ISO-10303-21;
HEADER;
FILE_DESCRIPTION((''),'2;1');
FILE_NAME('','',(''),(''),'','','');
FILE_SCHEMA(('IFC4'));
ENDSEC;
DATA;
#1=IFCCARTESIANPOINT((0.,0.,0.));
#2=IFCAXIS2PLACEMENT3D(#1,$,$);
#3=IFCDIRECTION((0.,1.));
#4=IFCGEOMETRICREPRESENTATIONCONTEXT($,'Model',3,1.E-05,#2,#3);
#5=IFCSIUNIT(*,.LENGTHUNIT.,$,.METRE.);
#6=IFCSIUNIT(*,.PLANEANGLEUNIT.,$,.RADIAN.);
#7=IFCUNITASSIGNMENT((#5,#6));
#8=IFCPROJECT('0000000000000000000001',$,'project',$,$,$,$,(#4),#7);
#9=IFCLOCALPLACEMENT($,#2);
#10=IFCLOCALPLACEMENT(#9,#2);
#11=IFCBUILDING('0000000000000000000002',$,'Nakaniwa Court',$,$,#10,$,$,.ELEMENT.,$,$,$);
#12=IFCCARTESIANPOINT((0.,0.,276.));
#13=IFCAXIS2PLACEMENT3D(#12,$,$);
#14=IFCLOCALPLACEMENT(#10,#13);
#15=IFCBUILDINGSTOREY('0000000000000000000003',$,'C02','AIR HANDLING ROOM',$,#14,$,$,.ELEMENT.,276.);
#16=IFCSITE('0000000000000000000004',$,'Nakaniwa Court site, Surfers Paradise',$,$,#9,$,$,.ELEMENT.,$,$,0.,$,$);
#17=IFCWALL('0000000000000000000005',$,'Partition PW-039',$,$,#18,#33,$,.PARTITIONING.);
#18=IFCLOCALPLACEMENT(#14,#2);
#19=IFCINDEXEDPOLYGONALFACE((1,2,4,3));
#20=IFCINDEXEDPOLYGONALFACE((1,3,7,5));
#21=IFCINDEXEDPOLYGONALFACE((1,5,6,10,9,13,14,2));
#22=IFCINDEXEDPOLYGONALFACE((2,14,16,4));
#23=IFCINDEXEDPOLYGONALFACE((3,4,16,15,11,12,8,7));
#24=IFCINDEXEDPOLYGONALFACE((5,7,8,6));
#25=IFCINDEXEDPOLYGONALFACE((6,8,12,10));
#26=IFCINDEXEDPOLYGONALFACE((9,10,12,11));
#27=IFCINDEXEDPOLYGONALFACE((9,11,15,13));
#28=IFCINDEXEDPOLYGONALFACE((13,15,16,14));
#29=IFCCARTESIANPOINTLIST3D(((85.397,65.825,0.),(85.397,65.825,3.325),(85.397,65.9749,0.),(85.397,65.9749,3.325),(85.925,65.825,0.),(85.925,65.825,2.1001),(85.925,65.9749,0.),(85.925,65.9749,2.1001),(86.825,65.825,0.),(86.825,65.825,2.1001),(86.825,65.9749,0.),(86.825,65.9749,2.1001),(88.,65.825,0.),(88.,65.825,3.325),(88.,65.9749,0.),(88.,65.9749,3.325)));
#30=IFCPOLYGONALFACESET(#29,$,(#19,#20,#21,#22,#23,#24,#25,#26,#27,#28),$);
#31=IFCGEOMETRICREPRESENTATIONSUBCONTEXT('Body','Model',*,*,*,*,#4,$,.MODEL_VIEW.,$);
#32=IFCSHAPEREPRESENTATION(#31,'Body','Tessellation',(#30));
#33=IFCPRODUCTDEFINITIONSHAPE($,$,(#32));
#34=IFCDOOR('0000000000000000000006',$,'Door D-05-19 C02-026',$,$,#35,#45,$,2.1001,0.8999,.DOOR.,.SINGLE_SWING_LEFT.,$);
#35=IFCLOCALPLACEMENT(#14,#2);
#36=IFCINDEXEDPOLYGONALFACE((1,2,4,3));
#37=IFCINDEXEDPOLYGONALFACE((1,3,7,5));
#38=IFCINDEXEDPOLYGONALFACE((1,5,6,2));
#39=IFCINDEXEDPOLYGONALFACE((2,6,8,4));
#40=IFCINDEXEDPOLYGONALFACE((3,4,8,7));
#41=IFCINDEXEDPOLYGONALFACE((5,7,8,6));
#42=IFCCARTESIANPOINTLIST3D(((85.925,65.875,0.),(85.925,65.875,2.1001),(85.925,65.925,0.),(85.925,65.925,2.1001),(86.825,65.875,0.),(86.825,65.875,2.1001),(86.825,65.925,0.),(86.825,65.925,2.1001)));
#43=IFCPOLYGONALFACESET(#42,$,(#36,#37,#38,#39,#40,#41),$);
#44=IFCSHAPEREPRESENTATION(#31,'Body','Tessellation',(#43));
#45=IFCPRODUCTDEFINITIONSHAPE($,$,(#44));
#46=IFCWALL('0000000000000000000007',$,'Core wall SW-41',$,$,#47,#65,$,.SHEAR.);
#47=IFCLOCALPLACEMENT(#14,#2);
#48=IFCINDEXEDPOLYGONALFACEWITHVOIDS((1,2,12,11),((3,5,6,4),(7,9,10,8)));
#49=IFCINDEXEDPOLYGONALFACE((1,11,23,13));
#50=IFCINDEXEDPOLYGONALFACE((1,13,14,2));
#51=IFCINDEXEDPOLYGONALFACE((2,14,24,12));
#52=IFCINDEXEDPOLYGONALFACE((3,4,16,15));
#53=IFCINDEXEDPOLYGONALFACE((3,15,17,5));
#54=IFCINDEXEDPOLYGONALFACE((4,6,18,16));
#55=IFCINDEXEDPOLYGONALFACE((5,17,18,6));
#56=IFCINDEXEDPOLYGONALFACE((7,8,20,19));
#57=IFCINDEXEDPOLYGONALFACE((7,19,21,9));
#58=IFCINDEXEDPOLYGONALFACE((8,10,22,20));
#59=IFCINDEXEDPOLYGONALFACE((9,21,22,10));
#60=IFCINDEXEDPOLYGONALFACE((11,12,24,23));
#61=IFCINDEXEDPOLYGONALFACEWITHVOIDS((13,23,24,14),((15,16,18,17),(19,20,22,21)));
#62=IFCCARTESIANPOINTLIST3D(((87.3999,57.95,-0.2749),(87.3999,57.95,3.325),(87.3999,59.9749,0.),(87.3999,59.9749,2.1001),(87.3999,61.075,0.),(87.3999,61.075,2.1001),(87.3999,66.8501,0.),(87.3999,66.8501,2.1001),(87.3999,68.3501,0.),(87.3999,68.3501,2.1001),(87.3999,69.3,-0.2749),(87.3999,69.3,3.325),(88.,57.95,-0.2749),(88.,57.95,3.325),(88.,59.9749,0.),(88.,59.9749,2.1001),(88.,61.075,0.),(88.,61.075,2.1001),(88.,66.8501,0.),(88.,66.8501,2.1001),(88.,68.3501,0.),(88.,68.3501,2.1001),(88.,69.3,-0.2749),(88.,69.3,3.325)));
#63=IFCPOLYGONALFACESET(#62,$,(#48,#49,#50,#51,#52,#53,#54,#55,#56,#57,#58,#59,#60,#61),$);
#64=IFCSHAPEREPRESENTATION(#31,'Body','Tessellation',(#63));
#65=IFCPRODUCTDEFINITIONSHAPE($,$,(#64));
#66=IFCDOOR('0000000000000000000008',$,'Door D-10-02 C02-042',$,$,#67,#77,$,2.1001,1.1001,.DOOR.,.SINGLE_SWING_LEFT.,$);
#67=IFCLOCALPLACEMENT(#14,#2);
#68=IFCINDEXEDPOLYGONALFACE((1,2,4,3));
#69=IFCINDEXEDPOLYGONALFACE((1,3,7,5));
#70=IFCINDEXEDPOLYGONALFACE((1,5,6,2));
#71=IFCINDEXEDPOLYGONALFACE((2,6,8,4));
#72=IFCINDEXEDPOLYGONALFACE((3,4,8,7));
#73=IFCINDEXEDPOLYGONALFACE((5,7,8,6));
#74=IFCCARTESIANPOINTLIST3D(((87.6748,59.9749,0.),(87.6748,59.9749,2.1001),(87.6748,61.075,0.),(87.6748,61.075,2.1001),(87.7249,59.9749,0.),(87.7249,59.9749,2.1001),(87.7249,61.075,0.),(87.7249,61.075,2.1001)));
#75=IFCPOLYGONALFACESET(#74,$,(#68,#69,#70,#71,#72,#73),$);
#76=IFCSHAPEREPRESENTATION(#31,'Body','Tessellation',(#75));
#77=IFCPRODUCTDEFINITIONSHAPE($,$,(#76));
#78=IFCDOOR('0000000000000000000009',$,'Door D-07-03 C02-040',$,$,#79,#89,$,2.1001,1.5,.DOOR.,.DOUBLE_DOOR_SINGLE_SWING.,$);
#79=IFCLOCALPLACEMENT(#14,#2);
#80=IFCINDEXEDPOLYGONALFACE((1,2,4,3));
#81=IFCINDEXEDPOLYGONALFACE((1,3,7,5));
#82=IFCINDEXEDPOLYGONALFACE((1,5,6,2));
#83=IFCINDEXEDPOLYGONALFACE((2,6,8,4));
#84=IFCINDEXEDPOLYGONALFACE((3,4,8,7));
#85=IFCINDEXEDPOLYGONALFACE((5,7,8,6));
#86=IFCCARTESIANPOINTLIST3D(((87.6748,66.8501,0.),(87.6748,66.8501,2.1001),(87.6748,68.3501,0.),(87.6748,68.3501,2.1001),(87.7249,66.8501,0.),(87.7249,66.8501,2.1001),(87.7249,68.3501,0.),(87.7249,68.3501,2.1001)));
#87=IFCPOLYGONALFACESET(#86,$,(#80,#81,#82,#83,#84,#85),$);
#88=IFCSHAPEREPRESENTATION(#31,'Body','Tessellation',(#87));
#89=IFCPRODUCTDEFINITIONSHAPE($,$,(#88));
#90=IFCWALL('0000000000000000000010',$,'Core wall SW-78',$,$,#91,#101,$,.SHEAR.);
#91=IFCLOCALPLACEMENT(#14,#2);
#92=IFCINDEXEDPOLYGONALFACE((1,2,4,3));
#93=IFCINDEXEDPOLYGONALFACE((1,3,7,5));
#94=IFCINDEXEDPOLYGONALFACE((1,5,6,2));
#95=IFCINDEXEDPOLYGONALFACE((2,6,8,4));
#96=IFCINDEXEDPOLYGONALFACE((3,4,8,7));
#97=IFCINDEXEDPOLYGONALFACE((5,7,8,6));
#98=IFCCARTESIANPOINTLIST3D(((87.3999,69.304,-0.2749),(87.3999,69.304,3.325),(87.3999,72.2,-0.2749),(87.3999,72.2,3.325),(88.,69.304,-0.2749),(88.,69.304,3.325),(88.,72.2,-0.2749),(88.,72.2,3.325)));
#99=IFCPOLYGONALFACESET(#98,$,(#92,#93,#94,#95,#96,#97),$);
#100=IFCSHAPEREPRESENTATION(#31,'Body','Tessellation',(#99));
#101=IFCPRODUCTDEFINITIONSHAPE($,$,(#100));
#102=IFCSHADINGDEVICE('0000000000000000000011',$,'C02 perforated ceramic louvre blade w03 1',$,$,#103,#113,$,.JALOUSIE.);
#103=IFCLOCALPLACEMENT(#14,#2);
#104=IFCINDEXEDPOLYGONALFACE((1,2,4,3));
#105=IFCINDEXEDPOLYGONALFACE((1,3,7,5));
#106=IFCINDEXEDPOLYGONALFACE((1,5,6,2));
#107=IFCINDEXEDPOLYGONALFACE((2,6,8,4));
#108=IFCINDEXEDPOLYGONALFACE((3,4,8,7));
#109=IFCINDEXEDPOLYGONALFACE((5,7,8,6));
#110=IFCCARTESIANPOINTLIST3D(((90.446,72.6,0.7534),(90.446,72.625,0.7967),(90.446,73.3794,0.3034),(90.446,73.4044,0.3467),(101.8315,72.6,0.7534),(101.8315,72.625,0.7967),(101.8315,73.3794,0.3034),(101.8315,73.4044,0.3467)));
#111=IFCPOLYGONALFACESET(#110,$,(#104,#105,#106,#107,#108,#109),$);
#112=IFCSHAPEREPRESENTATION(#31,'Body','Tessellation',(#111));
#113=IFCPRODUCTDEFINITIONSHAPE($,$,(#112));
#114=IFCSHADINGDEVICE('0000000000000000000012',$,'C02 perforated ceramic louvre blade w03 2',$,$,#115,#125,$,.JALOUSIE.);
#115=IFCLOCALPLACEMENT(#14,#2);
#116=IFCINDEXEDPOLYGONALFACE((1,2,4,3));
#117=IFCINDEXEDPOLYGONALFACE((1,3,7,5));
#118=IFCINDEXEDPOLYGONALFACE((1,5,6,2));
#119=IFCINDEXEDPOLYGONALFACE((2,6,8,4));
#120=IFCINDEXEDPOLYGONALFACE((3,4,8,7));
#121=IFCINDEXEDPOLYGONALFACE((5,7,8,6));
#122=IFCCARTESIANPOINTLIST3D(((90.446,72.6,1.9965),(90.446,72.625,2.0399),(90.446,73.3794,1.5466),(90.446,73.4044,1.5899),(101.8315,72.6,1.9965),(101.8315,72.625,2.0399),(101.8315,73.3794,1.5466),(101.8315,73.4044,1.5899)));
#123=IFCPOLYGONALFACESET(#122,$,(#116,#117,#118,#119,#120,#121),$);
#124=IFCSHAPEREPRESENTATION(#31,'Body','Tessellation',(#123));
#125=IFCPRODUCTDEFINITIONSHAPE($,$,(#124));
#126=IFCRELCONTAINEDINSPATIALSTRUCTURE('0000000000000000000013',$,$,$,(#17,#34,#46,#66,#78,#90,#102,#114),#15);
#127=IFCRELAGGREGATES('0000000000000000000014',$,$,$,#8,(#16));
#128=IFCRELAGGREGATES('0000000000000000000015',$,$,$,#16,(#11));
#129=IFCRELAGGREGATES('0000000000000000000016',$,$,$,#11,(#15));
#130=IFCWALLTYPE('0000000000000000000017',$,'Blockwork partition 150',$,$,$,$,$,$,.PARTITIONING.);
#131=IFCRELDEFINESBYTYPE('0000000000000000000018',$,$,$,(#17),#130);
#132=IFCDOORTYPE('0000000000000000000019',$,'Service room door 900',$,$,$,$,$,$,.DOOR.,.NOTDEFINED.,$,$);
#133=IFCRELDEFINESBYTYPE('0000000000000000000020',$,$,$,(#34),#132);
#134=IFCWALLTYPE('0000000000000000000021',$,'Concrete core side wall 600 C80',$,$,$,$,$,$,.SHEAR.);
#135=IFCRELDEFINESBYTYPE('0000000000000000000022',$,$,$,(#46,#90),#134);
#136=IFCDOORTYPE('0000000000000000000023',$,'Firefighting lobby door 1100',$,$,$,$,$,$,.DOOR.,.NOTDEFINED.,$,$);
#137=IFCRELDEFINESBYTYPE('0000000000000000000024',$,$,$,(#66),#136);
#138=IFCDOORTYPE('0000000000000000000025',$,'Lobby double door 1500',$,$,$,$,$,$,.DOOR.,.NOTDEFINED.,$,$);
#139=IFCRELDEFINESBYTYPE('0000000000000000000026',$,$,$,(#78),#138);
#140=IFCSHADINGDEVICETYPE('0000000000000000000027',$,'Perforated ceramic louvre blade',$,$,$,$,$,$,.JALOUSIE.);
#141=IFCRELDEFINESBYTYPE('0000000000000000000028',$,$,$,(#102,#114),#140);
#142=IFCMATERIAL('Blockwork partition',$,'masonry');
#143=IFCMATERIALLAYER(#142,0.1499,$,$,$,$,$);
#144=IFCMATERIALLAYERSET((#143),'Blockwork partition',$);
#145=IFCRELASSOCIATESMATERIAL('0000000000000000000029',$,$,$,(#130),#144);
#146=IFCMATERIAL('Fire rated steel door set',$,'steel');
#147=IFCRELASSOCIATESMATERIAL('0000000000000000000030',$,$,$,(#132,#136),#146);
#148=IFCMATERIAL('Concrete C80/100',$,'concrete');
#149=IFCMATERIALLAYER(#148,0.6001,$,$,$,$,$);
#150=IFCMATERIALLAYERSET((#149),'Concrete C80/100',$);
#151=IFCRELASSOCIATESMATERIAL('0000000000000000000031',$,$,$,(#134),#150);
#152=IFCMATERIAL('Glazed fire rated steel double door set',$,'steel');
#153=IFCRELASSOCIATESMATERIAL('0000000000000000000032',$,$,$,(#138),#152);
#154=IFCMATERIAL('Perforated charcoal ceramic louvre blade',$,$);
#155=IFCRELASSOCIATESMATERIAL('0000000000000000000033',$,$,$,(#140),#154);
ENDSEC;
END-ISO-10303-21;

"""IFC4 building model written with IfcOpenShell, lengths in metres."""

from ifc_helpers import new_model, si_unit, direction, frame, frame_2d, origin, origin_2d, place, context, subcontext, project, spatial, rectangle, extrude, material, layer, layer_set, material_profile, profile_set, type_object, element, fill, save


model = new_model("IFC4")

# Units and contexts
model_context = context("Model", 3, precision=1e-05, world=origin(), true_north=direction((0.0, 1.0)))
body_context = subcontext(model_context, "Body", "Model", "MODEL_VIEW")
ifc_project = project(units=[si_unit("LENGTHUNIT", "METRE"), si_unit("PLANEANGLEUNIT", "RADIAN")], contexts=[model_context])

# Site, building, storey
site_placement = place(None, origin())
site = spatial("IfcSite", under=ifc_project, at=site_placement, Name="Nakaniwa Court site, Surfers Paradise", CompositionType="ELEMENT", RefElevation=0.0)
building_placement = place(site_placement, origin())
building = spatial("IfcBuilding", under=site, at=building_placement, Name="Nakaniwa Court", CompositionType="ELEMENT")
storey_placement = place(building_placement, frame((0.0, 0.0, 276.0)))
storey = spatial("IfcBuildingStorey", under=building, at=storey_placement, Name="C02", Description="AIR HANDLING ROOM", CompositionType="ELEMENT", Elevation=276.0)

# Shared definitions
ifc_material_1 = material(Name="Concrete C80/100", Category="concrete")

# Wall, opening, door
ifc_material_2 = material(Name="Blockwork partition", Category="masonry")
ifc_layer_1 = layer(ifc_material_2, 0.1499)
ifc_layer_set_1 = layer_set([ifc_layer_1], Name="Blockwork partition")
wall_type_1 = type_object("IfcWallType", Name="Blockwork partition 150", PredefinedType="PARTITIONING", material=ifc_layer_set_1)
wall_1_placement = place(storey_placement, frame((88.0, 65.8999, 0.0), z_axis=(0.0, 0.0, 1.0), x_axis=(-1.0, 0.0, 0.0)))
wall_1 = element("IfcWall", 1, at=wall_1_placement, inside=storey, type_object=wall_type_1, Name="Partition PW-039", PredefinedType="PARTITIONING", context=body_context, shape_type="SweptSolid", body=[
    extrude(rectangle(XDim=2.603, YDim=0.1499, at=frame_2d((1.3015, 0.0))), origin(), (0.0, 0.0, 1.0), 3.325),
])
opening_1_placement = place(wall_1_placement, frame((1.175, 0.0, 0.0)))
opening_1 = element("IfcOpeningElement", 2, at=opening_1_placement, cuts=wall_1, PredefinedType="OPENING", context=body_context, shape_type="SweptSolid", body=[
    extrude(rectangle(XDim=0.8999, YDim=2.1001, at=frame_2d((0.45, 1.05))), frame((0.0, 0.085, 0.0), z_axis=(0.0, -1.0, 0.0), x_axis=(1.0, 0.0, 0.0)), (0.0, 0.0, 1.0), 0.1699),
])
ifc_material_3 = material(Name="Fire rated steel door set", Category="steel")
door_type_1 = type_object("IfcDoorType", Name="Service room door 900", OperationType="NOTDEFINED", PredefinedType="DOOR", material=ifc_material_3)
door_1_placement = place(opening_1_placement, origin())
door_1 = element("IfcDoor", 3, at=door_1_placement, inside=storey, type_object=door_type_1, Name="Door D-05-19 C02-026", OperationType="SINGLE_SWING_LEFT", OverallHeight=2.1001, OverallWidth=0.8999, PredefinedType="DOOR", context=body_context, shape_type="SweptSolid", body=[
    extrude(rectangle(XDim=0.8999, YDim=2.1001, at=frame_2d((0.45, 1.05))), frame((0.0, 0.0249, 0.0), z_axis=(0.0, -1.0, 0.0), x_axis=(1.0, 0.0, 0.0)), (0.0, 0.0, 1.0), 0.05),
])
fill(opening_1, door_1)

# Wall, openings, doors
ifc_layer_2 = layer(ifc_material_1, 0.6001)
ifc_layer_set_2 = layer_set([ifc_layer_2], Name="Concrete C80/100")
wall_type_2 = type_object("IfcWallType", Name="Concrete core side wall 600 C80", PredefinedType="SHEAR", material=ifc_layer_set_2)
wall_2_placement = place(storey_placement, frame((87.7, 69.3, -0.2749), z_axis=(0.0, 0.0, 1.0), x_axis=(0.0, -1.0, 0.0)))
wall_2 = element("IfcWall", 4, at=wall_2_placement, inside=storey, type_object=wall_type_2, Name="Core wall SW-41", PredefinedType="SHEAR", context=body_context, shape_type="SweptSolid", body=[
    extrude(rectangle(XDim=11.3501, YDim=0.6001, at=frame_2d((5.675, 0.0))), origin(), (0.0, 0.0, 1.0), 3.5999),
])
opening_2_placement = place(wall_2_placement, frame((0.95, 0.0, 0.2749)))
opening_2 = element("IfcOpeningElement", 5, at=opening_2_placement, cuts=wall_2, PredefinedType="OPENING", context=body_context, shape_type="SweptSolid", body=[
    extrude(rectangle(XDim=1.5, YDim=2.1001, at=frame_2d((0.75, 1.05))), frame((0.0, 0.3101, 0.0), z_axis=(0.0, -1.0, 0.0), x_axis=(1.0, 0.0, 0.0)), (0.0, 0.0, 1.0), 0.6201),
])
opening_3_placement = place(wall_2_placement, frame((8.2251, 0.0, 0.2749)))
opening_3 = element("IfcOpeningElement", 6, at=opening_3_placement, cuts=wall_2, PredefinedType="OPENING", context=body_context, shape_type="SweptSolid", body=[
    extrude(rectangle(XDim=1.1001, YDim=2.1001, at=frame_2d((0.55, 1.05))), frame((0.0, 0.3101, 0.0), z_axis=(0.0, -1.0, 0.0), x_axis=(1.0, 0.0, 0.0)), (0.0, 0.0, 1.0), 0.6201),
])
door_type_2 = type_object("IfcDoorType", Name="Firefighting lobby door 1100", OperationType="NOTDEFINED", PredefinedType="DOOR", material=ifc_material_3)
door_2_placement = place(opening_3_placement, origin())
door_2 = element("IfcDoor", 7, at=door_2_placement, inside=storey, type_object=door_type_2, Name="Door D-10-02 C02-042", OperationType="SINGLE_SWING_LEFT", OverallHeight=2.1001, OverallWidth=1.1001, PredefinedType="DOOR", context=body_context, shape_type="SweptSolid", body=[
    extrude(rectangle(XDim=1.1001, YDim=2.1001, at=frame_2d((0.55, 1.05))), frame((0.0, 0.0249, 0.0), z_axis=(0.0, -1.0, 0.0), x_axis=(1.0, 0.0, 0.0)), (0.0, 0.0, 1.0), 0.05),
])
fill(opening_3, door_2)
ifc_material_4 = material(Name="Glazed fire rated steel double door set", Category="steel")
door_type_3 = type_object("IfcDoorType", Name="Lobby double door 1500", OperationType="NOTDEFINED", PredefinedType="DOOR", material=ifc_material_4)
door_3_placement = place(opening_2_placement, origin())
door_3 = element("IfcDoor", 8, at=door_3_placement, inside=storey, type_object=door_type_3, Name="Door D-07-03 C02-040", OperationType="DOUBLE_DOOR_SINGLE_SWING", OverallHeight=2.1001, OverallWidth=1.5, PredefinedType="DOOR", context=body_context, shape_type="SweptSolid", body=[
    extrude(rectangle(XDim=1.5, YDim=2.1001, at=frame_2d((0.75, 1.05))), frame((0.0, 0.0249, 0.0), z_axis=(0.0, -1.0, 0.0), x_axis=(1.0, 0.0, 0.0)), (0.0, 0.0, 1.0), 0.05),
])
fill(opening_2, door_3)

# Wall
wall_3_placement = place(storey_placement, frame((87.7, 69.304, -0.2749), z_axis=(0.0, 0.0, 1.0), x_axis=(0.0, 1.0, 0.0)))
element("IfcWall", 9, at=wall_3_placement, inside=storey, type_object=wall_type_2, Name="Core wall SW-78", PredefinedType="SHEAR", context=body_context, shape_type="SweptSolid", body=[
    extrude(rectangle(XDim=2.896, YDim=0.6001, at=frame_2d((1.448, 0.0))), origin(), (0.0, 0.0, 1.0), 3.5999),
])

# Shading devices
ifc_material_5 = material(Name="Perforated charcoal ceramic louvre blade")
ifc_material_profile_1 = material_profile(ifc_material_5, rectangle(XDim=0.8999, YDim=0.05, at=origin_2d()), Name="Perforated ceramic louvre blade")
ifc_profile_set_1 = profile_set([ifc_material_profile_1], Name="Perforated charcoal ceramic louvre blade")
shading_device_type = type_object("IfcShadingDeviceType", Name="Perforated ceramic louvre blade", PredefinedType="JALOUSIE", material=ifc_profile_set_1)
for number, where, z_axis, x_axis, name in (
    (10, (101.8315, 73.0022, 0.55), (-1.0, 0.0, 0.0), (0.0, -0.866025, 0.5), "C02 perforated ceramic louvre blade w03 1"),
    (11, (101.8315, 73.0022, 1.7932), (-1.0, 0.0, 0.0), (0.0, -0.866025, 0.5), "C02 perforated ceramic louvre blade w03 2"),
):
    element("IfcShadingDevice", number, at=place(storey_placement, frame(where, z_axis=z_axis, x_axis=x_axis)), inside=storey, type_object=shading_device_type, Name=name, PredefinedType="JALOUSIE", context=body_context, shape_type="SweptSolid", body=[
        extrude(rectangle(XDim=0.8999, YDim=0.05, at=origin_2d()), origin(), (0.0, 0.0, 1.0), 11.3855),
    ])

save(model, "model.ifc")
